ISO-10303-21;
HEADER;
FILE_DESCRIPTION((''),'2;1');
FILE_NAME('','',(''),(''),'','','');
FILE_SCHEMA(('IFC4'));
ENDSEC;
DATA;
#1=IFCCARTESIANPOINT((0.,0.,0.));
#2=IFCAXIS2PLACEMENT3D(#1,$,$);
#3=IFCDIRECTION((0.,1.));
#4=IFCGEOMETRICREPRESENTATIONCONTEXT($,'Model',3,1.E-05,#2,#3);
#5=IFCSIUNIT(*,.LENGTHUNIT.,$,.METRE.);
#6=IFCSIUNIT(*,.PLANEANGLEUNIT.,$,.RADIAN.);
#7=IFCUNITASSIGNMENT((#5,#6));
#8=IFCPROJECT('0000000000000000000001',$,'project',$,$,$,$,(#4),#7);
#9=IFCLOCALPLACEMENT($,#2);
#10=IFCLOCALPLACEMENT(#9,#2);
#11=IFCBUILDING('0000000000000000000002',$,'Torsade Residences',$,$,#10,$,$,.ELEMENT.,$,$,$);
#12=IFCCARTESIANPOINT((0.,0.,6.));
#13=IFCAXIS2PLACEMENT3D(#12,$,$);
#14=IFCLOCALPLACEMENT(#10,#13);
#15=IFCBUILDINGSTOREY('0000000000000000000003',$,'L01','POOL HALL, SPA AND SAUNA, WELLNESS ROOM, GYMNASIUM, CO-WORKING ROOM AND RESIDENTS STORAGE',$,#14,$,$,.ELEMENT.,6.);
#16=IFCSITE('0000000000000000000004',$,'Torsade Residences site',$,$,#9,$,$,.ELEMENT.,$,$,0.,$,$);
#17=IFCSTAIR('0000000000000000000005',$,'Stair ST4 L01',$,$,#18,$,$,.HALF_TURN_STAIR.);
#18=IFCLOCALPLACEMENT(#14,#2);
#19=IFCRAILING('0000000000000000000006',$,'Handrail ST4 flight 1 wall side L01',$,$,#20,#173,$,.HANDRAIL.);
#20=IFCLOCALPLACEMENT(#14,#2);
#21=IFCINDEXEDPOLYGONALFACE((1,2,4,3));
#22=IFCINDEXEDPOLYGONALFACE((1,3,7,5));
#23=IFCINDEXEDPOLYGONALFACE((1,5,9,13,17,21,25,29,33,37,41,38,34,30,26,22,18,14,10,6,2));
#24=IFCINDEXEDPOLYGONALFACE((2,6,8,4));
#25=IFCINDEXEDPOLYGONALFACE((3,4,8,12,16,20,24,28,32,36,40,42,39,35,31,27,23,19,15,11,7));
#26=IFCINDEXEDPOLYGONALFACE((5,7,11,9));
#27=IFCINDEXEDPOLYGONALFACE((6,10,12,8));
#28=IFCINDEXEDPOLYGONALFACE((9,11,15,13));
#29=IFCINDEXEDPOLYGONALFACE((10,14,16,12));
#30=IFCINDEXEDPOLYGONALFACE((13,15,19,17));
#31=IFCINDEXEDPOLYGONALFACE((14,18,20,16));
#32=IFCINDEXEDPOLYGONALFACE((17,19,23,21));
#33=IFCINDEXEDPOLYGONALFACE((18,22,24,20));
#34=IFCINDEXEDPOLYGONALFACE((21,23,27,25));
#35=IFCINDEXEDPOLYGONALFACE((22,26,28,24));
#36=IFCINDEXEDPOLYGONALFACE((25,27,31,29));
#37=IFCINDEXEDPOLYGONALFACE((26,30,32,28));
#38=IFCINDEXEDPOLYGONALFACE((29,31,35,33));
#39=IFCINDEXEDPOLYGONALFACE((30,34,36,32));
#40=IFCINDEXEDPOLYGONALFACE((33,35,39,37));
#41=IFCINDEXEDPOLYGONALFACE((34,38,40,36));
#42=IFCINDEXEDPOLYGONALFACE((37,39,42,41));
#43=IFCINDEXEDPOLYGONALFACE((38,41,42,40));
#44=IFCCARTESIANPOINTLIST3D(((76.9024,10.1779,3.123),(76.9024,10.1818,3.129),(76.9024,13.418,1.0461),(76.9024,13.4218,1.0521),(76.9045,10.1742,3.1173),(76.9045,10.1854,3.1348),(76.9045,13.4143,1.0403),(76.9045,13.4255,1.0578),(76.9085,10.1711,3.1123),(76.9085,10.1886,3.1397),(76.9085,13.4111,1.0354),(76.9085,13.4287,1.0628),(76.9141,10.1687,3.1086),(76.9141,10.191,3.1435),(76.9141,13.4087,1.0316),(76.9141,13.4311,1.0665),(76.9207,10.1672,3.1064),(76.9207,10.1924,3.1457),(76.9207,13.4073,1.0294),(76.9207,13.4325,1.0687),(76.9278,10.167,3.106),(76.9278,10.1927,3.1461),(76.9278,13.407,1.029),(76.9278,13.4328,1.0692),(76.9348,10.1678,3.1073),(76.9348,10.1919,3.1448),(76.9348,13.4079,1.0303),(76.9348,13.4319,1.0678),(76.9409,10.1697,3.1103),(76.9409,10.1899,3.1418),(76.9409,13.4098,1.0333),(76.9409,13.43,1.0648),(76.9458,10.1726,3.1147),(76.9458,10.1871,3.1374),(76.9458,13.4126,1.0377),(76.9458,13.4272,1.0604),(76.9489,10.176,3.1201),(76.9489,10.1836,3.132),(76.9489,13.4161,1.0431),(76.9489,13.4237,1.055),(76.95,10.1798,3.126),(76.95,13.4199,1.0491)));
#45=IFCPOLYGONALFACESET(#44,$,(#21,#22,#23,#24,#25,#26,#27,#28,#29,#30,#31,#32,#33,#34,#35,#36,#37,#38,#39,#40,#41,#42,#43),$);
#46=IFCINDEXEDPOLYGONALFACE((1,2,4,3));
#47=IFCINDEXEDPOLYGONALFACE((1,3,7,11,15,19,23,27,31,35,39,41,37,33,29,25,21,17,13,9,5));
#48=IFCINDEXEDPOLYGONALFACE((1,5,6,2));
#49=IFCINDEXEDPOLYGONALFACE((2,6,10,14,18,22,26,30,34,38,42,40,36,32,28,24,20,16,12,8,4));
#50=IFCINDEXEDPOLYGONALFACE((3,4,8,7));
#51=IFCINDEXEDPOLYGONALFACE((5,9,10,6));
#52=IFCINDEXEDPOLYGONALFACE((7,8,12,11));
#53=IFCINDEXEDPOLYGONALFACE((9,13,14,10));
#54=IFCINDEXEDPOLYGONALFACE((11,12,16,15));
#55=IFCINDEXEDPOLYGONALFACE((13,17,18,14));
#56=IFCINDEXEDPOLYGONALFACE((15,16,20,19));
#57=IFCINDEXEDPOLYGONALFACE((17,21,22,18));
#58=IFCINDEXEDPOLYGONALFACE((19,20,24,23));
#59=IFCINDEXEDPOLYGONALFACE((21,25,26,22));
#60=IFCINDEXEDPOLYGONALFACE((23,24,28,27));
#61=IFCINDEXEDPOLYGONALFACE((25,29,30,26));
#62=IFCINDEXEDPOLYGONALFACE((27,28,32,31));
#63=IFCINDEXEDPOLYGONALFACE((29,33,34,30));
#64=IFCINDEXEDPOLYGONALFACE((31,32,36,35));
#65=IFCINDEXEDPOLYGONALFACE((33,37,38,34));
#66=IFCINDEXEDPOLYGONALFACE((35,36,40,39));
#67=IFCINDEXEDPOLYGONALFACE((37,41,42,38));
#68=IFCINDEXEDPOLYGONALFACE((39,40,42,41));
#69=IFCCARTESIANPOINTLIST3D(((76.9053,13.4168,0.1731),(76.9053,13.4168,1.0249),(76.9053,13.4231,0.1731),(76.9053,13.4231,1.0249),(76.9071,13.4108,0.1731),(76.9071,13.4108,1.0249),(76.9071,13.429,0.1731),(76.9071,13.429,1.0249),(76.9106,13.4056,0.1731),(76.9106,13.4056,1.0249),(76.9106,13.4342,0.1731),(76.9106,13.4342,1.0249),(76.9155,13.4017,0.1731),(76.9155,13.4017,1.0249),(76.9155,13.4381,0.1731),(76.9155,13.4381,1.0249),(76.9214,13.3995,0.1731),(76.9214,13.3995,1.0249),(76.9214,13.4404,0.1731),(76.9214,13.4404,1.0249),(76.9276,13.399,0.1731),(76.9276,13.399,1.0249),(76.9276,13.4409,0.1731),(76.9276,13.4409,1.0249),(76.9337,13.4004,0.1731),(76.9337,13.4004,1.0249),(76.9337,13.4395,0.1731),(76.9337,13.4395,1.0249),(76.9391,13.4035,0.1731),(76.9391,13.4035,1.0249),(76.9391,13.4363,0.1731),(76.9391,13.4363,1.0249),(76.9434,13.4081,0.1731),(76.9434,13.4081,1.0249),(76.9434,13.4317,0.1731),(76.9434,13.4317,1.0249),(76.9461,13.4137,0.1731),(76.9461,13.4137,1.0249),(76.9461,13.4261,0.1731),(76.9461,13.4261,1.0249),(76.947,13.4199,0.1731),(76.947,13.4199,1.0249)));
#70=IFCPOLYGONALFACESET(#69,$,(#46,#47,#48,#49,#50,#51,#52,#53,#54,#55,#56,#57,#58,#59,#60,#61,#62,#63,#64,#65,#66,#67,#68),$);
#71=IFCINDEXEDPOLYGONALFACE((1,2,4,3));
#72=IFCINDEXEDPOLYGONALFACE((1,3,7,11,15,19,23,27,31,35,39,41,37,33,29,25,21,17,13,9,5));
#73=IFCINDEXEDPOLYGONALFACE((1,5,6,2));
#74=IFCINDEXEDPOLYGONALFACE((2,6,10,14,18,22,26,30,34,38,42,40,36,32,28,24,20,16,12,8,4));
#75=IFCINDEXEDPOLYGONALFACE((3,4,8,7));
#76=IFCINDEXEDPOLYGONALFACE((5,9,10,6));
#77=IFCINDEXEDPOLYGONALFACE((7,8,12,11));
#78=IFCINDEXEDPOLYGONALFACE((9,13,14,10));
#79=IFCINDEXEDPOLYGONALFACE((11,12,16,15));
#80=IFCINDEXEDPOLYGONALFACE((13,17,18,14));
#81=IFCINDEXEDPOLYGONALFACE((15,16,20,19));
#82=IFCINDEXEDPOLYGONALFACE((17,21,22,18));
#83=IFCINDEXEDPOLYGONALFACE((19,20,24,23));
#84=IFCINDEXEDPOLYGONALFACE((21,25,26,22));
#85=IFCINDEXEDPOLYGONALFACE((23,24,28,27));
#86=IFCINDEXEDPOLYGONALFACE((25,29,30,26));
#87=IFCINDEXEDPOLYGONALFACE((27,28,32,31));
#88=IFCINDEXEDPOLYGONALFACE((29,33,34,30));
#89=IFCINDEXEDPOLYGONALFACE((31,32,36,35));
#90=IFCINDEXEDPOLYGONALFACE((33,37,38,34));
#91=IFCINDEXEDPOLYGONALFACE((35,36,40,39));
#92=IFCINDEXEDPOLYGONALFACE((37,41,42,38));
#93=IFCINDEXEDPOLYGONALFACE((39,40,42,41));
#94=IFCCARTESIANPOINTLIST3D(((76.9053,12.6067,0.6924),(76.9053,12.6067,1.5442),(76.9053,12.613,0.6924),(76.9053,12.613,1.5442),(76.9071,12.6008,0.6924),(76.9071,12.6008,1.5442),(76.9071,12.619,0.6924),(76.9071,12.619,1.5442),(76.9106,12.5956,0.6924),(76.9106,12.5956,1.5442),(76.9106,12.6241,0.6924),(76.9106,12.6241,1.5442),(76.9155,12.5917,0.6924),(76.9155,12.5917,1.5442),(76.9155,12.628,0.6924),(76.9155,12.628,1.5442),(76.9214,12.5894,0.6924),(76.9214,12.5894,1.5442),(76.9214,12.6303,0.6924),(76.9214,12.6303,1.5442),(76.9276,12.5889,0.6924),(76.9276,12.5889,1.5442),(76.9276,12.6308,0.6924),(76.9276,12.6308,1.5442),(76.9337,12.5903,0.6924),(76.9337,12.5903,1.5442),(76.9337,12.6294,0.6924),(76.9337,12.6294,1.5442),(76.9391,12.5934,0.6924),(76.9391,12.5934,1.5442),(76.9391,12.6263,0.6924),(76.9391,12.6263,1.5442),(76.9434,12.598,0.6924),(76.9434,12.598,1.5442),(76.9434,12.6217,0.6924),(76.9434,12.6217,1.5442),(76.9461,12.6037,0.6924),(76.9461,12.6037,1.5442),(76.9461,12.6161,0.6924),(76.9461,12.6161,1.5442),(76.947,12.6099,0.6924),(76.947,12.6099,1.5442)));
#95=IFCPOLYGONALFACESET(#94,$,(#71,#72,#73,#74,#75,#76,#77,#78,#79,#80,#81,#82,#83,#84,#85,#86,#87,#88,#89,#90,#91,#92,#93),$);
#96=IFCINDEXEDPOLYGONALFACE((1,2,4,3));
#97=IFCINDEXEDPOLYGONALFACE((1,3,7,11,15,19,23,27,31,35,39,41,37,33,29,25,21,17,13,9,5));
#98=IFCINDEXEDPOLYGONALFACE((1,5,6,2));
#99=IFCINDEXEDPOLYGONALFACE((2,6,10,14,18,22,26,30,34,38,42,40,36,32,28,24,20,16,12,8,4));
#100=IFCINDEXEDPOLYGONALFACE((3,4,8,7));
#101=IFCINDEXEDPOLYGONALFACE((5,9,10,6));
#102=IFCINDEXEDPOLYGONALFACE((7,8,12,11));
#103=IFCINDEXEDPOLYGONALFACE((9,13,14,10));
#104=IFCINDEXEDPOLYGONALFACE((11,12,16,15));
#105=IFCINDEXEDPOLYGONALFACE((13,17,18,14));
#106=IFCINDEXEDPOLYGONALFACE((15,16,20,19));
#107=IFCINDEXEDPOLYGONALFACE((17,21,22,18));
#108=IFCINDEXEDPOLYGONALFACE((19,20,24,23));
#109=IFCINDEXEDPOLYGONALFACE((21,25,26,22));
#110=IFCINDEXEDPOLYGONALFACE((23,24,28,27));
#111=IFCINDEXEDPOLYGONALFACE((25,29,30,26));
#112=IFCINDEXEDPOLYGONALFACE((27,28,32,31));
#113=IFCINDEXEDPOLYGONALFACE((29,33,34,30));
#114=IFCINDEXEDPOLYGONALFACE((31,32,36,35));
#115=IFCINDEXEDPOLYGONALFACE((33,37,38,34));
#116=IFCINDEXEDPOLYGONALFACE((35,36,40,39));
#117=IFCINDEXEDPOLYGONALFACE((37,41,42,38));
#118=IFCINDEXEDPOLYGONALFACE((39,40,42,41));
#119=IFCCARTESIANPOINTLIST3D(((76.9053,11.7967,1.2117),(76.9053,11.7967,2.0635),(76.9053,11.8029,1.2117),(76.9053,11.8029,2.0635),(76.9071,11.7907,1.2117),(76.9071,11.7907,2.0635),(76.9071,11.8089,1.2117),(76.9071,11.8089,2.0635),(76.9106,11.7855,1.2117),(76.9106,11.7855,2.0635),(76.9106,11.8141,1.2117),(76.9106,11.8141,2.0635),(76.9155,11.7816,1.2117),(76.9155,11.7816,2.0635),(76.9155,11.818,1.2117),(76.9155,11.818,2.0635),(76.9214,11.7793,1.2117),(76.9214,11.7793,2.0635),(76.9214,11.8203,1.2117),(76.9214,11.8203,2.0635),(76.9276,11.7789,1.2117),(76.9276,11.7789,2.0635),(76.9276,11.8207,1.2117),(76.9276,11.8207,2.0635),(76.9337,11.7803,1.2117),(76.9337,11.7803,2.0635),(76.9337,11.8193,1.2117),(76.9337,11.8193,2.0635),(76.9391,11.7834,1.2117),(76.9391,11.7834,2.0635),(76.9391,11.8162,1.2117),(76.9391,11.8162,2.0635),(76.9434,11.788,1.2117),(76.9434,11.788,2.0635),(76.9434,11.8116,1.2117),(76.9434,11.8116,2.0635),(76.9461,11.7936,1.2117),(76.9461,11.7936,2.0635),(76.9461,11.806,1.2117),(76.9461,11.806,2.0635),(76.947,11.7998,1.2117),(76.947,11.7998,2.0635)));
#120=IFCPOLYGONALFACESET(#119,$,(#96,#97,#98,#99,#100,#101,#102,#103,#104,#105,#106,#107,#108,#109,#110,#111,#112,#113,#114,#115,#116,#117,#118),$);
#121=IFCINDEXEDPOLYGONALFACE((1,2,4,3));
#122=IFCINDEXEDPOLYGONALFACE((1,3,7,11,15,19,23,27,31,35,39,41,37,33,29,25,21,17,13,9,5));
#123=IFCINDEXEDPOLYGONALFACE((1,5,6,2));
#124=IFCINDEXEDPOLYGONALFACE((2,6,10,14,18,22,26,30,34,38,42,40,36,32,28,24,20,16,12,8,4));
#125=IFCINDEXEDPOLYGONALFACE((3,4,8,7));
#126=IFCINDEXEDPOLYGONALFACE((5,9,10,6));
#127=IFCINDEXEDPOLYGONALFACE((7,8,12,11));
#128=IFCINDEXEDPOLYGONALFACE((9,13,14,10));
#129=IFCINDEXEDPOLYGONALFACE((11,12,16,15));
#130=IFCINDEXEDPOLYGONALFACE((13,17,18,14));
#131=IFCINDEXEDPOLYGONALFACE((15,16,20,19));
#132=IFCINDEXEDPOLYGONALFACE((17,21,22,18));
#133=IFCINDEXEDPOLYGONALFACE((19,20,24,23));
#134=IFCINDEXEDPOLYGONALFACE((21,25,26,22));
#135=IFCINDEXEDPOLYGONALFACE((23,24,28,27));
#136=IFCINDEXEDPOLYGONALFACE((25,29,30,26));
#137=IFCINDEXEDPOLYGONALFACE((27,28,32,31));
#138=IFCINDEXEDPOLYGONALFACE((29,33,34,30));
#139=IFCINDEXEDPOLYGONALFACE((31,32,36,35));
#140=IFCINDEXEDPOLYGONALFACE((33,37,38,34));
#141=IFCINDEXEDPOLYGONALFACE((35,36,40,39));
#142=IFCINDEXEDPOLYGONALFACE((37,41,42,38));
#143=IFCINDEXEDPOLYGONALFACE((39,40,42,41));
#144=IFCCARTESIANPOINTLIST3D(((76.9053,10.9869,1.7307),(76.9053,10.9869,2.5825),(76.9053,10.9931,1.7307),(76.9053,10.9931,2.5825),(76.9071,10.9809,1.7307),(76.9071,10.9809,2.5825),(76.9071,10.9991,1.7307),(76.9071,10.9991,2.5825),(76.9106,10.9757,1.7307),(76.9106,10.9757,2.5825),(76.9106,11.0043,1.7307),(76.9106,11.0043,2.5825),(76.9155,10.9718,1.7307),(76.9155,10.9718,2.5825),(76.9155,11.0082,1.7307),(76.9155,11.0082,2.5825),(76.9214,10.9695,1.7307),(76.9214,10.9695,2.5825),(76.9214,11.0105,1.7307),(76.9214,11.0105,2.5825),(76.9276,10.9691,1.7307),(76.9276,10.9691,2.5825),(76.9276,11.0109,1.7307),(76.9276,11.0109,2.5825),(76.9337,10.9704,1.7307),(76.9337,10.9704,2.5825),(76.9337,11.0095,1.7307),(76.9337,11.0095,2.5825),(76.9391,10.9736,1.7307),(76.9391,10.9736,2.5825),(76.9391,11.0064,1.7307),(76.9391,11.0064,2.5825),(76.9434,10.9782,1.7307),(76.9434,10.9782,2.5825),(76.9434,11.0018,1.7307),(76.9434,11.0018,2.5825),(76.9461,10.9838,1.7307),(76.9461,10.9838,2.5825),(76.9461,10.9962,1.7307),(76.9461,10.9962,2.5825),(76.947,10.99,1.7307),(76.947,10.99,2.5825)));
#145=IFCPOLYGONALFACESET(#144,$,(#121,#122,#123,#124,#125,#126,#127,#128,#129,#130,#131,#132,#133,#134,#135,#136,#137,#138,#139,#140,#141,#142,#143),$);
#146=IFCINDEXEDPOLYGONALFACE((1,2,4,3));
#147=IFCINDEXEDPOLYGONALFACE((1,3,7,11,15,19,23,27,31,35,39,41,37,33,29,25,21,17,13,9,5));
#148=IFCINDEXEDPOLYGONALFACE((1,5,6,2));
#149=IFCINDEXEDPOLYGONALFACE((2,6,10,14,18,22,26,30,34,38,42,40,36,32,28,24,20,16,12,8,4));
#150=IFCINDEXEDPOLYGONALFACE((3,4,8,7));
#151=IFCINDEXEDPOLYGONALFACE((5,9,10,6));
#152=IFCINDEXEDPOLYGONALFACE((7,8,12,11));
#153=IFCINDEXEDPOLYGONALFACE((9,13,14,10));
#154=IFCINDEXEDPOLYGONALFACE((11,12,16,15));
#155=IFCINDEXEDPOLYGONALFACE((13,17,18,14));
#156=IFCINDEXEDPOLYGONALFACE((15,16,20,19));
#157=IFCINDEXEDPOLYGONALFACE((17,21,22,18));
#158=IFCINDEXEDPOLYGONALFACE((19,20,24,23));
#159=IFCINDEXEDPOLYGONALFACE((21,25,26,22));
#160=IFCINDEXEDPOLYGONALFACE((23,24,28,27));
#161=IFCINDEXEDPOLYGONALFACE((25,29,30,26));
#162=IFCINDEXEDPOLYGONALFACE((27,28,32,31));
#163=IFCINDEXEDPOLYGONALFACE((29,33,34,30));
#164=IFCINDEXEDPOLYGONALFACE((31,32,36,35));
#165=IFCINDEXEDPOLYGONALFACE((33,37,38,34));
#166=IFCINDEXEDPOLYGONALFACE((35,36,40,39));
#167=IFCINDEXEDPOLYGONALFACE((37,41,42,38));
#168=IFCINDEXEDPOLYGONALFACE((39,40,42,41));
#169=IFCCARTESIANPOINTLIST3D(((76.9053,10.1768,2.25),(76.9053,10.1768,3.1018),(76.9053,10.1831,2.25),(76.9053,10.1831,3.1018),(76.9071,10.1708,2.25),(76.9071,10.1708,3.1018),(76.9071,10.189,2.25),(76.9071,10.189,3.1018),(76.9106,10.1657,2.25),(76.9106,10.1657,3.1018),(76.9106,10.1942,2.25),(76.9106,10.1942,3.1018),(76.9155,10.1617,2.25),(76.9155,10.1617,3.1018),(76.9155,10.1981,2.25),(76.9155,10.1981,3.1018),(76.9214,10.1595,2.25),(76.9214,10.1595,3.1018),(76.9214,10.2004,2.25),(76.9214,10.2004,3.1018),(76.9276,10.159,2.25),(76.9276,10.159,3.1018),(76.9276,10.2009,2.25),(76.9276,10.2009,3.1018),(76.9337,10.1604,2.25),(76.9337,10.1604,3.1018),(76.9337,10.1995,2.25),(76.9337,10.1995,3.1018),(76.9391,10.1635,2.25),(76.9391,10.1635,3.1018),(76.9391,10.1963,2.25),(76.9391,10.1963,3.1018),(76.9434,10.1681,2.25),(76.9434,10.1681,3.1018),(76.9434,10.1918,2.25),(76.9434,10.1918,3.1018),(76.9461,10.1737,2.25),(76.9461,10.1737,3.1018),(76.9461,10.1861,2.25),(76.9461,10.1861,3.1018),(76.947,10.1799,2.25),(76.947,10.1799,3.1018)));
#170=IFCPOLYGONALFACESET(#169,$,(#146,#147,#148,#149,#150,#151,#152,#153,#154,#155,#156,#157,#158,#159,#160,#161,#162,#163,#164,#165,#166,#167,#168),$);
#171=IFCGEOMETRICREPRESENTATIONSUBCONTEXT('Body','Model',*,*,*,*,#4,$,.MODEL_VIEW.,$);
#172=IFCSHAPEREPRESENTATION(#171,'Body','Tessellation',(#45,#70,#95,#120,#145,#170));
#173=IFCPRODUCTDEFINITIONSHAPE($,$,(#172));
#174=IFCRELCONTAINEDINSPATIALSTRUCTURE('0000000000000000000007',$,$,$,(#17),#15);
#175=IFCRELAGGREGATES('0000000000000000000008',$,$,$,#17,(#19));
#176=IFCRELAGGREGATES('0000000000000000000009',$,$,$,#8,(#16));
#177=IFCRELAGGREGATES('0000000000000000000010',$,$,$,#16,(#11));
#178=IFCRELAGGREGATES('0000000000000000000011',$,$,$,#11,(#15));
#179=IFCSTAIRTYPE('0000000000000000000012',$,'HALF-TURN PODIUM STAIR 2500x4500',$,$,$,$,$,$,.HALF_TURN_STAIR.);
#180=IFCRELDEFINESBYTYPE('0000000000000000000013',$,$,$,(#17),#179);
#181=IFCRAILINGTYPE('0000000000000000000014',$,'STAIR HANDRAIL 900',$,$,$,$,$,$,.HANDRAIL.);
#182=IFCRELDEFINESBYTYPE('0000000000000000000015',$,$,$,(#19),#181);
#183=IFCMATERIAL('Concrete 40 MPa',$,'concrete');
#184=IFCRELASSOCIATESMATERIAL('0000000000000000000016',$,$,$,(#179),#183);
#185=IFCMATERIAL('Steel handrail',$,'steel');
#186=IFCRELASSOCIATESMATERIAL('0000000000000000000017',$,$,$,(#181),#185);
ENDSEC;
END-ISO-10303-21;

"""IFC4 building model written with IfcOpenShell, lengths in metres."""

from ifc_helpers import new_model, si_unit, direction, frame, origin, origin_2d, place, context, subcontext, project, spatial, circle, extrude, material, type_object, element, aggregate, save


model = new_model("IFC4")

# Units and contexts
model_context = context("Model", 3, precision=1e-05, world=origin(), true_north=direction((0.0, 1.0)))
body_context = subcontext(model_context, "Body", "Model", "MODEL_VIEW")
ifc_project = project(units=[si_unit("LENGTHUNIT", "METRE"), si_unit("PLANEANGLEUNIT", "RADIAN")], contexts=[model_context])

# Site, building, storey
site_placement = place(None, origin())
site = spatial("IfcSite", under=ifc_project, at=site_placement, Name="Torsade Residences site", CompositionType="ELEMENT", RefElevation=0.0)
building_placement = place(site_placement, origin())
building = spatial("IfcBuilding", under=site, at=building_placement, Name="Torsade Residences", CompositionType="ELEMENT")
storey_placement = place(building_placement, frame((0.0, 0.0, 6.0)))
storey = spatial("IfcBuildingStorey", under=building, at=storey_placement, Name="L01", Description="POOL HALL, SPA AND SAUNA, WELLNESS ROOM, GYMNASIUM, CO-WORKING ROOM AND RESIDENTS STORAGE", CompositionType="ELEMENT", Elevation=6.0)

# Stair, railing
ifc_material_1 = material(Name="Concrete 40 MPa", Category="concrete")
stair_type = type_object("IfcStairType", Name="HALF-TURN PODIUM STAIR 2500x4500", PredefinedType="HALF_TURN_STAIR", material=ifc_material_1)
stair_placement = place(storey_placement, origin())
stair = element("IfcStair", 1, at=stair_placement, inside=storey, type_object=stair_type, Name="Stair ST4 L01", PredefinedType="HALF_TURN_STAIR")
ifc_material_2 = material(Name="Steel handrail", Category="steel")
railing_type = type_object("IfcRailingType", Name="STAIR HANDRAIL 900", PredefinedType="HANDRAIL", material=ifc_material_2)
railing_1_placement = place(storey_placement, frame((76.926, 13.4199, 0.1731)))
railing_1 = element("IfcRailing", 2, at=railing_1_placement, type_object=railing_type, Name="Handrail ST4 flight 1 wall side L01", PredefinedType="HANDRAIL", context=body_context, shape_type="SweptSolid", body=[
    extrude(circle(Radius=0.0239, at=origin_2d()), frame((0.0, 0.0, 0.876), z_axis=(0.0, -0.841881, 0.539664), x_axis=(1.0, 0.0, 0.0)), (0.0, 0.0, 1.0), 3.8486),
    extrude(circle(Radius=0.021, at=origin_2d()), origin(), (0.0, 0.0, 1.0), 0.8518),
    extrude(circle(Radius=0.021, at=origin_2d()), frame((0.0, -0.8101, 0.5193)), (0.0, 0.0, 1.0), 0.8518),
    extrude(circle(Radius=0.021, at=origin_2d()), frame((0.0, -1.6201, 1.0386)), (0.0, 0.0, 1.0), 0.8518),
    extrude(circle(Radius=0.021, at=origin_2d()), frame((0.0, -2.4299, 1.5576)), (0.0, 0.0, 1.0), 0.8518),
    extrude(circle(Radius=0.021, at=origin_2d()), frame((0.0, -3.24, 2.0769)), (0.0, 0.0, 1.0), 0.8518),
])
aggregate(stair, [railing_1])

save(model, "model.ifc")
